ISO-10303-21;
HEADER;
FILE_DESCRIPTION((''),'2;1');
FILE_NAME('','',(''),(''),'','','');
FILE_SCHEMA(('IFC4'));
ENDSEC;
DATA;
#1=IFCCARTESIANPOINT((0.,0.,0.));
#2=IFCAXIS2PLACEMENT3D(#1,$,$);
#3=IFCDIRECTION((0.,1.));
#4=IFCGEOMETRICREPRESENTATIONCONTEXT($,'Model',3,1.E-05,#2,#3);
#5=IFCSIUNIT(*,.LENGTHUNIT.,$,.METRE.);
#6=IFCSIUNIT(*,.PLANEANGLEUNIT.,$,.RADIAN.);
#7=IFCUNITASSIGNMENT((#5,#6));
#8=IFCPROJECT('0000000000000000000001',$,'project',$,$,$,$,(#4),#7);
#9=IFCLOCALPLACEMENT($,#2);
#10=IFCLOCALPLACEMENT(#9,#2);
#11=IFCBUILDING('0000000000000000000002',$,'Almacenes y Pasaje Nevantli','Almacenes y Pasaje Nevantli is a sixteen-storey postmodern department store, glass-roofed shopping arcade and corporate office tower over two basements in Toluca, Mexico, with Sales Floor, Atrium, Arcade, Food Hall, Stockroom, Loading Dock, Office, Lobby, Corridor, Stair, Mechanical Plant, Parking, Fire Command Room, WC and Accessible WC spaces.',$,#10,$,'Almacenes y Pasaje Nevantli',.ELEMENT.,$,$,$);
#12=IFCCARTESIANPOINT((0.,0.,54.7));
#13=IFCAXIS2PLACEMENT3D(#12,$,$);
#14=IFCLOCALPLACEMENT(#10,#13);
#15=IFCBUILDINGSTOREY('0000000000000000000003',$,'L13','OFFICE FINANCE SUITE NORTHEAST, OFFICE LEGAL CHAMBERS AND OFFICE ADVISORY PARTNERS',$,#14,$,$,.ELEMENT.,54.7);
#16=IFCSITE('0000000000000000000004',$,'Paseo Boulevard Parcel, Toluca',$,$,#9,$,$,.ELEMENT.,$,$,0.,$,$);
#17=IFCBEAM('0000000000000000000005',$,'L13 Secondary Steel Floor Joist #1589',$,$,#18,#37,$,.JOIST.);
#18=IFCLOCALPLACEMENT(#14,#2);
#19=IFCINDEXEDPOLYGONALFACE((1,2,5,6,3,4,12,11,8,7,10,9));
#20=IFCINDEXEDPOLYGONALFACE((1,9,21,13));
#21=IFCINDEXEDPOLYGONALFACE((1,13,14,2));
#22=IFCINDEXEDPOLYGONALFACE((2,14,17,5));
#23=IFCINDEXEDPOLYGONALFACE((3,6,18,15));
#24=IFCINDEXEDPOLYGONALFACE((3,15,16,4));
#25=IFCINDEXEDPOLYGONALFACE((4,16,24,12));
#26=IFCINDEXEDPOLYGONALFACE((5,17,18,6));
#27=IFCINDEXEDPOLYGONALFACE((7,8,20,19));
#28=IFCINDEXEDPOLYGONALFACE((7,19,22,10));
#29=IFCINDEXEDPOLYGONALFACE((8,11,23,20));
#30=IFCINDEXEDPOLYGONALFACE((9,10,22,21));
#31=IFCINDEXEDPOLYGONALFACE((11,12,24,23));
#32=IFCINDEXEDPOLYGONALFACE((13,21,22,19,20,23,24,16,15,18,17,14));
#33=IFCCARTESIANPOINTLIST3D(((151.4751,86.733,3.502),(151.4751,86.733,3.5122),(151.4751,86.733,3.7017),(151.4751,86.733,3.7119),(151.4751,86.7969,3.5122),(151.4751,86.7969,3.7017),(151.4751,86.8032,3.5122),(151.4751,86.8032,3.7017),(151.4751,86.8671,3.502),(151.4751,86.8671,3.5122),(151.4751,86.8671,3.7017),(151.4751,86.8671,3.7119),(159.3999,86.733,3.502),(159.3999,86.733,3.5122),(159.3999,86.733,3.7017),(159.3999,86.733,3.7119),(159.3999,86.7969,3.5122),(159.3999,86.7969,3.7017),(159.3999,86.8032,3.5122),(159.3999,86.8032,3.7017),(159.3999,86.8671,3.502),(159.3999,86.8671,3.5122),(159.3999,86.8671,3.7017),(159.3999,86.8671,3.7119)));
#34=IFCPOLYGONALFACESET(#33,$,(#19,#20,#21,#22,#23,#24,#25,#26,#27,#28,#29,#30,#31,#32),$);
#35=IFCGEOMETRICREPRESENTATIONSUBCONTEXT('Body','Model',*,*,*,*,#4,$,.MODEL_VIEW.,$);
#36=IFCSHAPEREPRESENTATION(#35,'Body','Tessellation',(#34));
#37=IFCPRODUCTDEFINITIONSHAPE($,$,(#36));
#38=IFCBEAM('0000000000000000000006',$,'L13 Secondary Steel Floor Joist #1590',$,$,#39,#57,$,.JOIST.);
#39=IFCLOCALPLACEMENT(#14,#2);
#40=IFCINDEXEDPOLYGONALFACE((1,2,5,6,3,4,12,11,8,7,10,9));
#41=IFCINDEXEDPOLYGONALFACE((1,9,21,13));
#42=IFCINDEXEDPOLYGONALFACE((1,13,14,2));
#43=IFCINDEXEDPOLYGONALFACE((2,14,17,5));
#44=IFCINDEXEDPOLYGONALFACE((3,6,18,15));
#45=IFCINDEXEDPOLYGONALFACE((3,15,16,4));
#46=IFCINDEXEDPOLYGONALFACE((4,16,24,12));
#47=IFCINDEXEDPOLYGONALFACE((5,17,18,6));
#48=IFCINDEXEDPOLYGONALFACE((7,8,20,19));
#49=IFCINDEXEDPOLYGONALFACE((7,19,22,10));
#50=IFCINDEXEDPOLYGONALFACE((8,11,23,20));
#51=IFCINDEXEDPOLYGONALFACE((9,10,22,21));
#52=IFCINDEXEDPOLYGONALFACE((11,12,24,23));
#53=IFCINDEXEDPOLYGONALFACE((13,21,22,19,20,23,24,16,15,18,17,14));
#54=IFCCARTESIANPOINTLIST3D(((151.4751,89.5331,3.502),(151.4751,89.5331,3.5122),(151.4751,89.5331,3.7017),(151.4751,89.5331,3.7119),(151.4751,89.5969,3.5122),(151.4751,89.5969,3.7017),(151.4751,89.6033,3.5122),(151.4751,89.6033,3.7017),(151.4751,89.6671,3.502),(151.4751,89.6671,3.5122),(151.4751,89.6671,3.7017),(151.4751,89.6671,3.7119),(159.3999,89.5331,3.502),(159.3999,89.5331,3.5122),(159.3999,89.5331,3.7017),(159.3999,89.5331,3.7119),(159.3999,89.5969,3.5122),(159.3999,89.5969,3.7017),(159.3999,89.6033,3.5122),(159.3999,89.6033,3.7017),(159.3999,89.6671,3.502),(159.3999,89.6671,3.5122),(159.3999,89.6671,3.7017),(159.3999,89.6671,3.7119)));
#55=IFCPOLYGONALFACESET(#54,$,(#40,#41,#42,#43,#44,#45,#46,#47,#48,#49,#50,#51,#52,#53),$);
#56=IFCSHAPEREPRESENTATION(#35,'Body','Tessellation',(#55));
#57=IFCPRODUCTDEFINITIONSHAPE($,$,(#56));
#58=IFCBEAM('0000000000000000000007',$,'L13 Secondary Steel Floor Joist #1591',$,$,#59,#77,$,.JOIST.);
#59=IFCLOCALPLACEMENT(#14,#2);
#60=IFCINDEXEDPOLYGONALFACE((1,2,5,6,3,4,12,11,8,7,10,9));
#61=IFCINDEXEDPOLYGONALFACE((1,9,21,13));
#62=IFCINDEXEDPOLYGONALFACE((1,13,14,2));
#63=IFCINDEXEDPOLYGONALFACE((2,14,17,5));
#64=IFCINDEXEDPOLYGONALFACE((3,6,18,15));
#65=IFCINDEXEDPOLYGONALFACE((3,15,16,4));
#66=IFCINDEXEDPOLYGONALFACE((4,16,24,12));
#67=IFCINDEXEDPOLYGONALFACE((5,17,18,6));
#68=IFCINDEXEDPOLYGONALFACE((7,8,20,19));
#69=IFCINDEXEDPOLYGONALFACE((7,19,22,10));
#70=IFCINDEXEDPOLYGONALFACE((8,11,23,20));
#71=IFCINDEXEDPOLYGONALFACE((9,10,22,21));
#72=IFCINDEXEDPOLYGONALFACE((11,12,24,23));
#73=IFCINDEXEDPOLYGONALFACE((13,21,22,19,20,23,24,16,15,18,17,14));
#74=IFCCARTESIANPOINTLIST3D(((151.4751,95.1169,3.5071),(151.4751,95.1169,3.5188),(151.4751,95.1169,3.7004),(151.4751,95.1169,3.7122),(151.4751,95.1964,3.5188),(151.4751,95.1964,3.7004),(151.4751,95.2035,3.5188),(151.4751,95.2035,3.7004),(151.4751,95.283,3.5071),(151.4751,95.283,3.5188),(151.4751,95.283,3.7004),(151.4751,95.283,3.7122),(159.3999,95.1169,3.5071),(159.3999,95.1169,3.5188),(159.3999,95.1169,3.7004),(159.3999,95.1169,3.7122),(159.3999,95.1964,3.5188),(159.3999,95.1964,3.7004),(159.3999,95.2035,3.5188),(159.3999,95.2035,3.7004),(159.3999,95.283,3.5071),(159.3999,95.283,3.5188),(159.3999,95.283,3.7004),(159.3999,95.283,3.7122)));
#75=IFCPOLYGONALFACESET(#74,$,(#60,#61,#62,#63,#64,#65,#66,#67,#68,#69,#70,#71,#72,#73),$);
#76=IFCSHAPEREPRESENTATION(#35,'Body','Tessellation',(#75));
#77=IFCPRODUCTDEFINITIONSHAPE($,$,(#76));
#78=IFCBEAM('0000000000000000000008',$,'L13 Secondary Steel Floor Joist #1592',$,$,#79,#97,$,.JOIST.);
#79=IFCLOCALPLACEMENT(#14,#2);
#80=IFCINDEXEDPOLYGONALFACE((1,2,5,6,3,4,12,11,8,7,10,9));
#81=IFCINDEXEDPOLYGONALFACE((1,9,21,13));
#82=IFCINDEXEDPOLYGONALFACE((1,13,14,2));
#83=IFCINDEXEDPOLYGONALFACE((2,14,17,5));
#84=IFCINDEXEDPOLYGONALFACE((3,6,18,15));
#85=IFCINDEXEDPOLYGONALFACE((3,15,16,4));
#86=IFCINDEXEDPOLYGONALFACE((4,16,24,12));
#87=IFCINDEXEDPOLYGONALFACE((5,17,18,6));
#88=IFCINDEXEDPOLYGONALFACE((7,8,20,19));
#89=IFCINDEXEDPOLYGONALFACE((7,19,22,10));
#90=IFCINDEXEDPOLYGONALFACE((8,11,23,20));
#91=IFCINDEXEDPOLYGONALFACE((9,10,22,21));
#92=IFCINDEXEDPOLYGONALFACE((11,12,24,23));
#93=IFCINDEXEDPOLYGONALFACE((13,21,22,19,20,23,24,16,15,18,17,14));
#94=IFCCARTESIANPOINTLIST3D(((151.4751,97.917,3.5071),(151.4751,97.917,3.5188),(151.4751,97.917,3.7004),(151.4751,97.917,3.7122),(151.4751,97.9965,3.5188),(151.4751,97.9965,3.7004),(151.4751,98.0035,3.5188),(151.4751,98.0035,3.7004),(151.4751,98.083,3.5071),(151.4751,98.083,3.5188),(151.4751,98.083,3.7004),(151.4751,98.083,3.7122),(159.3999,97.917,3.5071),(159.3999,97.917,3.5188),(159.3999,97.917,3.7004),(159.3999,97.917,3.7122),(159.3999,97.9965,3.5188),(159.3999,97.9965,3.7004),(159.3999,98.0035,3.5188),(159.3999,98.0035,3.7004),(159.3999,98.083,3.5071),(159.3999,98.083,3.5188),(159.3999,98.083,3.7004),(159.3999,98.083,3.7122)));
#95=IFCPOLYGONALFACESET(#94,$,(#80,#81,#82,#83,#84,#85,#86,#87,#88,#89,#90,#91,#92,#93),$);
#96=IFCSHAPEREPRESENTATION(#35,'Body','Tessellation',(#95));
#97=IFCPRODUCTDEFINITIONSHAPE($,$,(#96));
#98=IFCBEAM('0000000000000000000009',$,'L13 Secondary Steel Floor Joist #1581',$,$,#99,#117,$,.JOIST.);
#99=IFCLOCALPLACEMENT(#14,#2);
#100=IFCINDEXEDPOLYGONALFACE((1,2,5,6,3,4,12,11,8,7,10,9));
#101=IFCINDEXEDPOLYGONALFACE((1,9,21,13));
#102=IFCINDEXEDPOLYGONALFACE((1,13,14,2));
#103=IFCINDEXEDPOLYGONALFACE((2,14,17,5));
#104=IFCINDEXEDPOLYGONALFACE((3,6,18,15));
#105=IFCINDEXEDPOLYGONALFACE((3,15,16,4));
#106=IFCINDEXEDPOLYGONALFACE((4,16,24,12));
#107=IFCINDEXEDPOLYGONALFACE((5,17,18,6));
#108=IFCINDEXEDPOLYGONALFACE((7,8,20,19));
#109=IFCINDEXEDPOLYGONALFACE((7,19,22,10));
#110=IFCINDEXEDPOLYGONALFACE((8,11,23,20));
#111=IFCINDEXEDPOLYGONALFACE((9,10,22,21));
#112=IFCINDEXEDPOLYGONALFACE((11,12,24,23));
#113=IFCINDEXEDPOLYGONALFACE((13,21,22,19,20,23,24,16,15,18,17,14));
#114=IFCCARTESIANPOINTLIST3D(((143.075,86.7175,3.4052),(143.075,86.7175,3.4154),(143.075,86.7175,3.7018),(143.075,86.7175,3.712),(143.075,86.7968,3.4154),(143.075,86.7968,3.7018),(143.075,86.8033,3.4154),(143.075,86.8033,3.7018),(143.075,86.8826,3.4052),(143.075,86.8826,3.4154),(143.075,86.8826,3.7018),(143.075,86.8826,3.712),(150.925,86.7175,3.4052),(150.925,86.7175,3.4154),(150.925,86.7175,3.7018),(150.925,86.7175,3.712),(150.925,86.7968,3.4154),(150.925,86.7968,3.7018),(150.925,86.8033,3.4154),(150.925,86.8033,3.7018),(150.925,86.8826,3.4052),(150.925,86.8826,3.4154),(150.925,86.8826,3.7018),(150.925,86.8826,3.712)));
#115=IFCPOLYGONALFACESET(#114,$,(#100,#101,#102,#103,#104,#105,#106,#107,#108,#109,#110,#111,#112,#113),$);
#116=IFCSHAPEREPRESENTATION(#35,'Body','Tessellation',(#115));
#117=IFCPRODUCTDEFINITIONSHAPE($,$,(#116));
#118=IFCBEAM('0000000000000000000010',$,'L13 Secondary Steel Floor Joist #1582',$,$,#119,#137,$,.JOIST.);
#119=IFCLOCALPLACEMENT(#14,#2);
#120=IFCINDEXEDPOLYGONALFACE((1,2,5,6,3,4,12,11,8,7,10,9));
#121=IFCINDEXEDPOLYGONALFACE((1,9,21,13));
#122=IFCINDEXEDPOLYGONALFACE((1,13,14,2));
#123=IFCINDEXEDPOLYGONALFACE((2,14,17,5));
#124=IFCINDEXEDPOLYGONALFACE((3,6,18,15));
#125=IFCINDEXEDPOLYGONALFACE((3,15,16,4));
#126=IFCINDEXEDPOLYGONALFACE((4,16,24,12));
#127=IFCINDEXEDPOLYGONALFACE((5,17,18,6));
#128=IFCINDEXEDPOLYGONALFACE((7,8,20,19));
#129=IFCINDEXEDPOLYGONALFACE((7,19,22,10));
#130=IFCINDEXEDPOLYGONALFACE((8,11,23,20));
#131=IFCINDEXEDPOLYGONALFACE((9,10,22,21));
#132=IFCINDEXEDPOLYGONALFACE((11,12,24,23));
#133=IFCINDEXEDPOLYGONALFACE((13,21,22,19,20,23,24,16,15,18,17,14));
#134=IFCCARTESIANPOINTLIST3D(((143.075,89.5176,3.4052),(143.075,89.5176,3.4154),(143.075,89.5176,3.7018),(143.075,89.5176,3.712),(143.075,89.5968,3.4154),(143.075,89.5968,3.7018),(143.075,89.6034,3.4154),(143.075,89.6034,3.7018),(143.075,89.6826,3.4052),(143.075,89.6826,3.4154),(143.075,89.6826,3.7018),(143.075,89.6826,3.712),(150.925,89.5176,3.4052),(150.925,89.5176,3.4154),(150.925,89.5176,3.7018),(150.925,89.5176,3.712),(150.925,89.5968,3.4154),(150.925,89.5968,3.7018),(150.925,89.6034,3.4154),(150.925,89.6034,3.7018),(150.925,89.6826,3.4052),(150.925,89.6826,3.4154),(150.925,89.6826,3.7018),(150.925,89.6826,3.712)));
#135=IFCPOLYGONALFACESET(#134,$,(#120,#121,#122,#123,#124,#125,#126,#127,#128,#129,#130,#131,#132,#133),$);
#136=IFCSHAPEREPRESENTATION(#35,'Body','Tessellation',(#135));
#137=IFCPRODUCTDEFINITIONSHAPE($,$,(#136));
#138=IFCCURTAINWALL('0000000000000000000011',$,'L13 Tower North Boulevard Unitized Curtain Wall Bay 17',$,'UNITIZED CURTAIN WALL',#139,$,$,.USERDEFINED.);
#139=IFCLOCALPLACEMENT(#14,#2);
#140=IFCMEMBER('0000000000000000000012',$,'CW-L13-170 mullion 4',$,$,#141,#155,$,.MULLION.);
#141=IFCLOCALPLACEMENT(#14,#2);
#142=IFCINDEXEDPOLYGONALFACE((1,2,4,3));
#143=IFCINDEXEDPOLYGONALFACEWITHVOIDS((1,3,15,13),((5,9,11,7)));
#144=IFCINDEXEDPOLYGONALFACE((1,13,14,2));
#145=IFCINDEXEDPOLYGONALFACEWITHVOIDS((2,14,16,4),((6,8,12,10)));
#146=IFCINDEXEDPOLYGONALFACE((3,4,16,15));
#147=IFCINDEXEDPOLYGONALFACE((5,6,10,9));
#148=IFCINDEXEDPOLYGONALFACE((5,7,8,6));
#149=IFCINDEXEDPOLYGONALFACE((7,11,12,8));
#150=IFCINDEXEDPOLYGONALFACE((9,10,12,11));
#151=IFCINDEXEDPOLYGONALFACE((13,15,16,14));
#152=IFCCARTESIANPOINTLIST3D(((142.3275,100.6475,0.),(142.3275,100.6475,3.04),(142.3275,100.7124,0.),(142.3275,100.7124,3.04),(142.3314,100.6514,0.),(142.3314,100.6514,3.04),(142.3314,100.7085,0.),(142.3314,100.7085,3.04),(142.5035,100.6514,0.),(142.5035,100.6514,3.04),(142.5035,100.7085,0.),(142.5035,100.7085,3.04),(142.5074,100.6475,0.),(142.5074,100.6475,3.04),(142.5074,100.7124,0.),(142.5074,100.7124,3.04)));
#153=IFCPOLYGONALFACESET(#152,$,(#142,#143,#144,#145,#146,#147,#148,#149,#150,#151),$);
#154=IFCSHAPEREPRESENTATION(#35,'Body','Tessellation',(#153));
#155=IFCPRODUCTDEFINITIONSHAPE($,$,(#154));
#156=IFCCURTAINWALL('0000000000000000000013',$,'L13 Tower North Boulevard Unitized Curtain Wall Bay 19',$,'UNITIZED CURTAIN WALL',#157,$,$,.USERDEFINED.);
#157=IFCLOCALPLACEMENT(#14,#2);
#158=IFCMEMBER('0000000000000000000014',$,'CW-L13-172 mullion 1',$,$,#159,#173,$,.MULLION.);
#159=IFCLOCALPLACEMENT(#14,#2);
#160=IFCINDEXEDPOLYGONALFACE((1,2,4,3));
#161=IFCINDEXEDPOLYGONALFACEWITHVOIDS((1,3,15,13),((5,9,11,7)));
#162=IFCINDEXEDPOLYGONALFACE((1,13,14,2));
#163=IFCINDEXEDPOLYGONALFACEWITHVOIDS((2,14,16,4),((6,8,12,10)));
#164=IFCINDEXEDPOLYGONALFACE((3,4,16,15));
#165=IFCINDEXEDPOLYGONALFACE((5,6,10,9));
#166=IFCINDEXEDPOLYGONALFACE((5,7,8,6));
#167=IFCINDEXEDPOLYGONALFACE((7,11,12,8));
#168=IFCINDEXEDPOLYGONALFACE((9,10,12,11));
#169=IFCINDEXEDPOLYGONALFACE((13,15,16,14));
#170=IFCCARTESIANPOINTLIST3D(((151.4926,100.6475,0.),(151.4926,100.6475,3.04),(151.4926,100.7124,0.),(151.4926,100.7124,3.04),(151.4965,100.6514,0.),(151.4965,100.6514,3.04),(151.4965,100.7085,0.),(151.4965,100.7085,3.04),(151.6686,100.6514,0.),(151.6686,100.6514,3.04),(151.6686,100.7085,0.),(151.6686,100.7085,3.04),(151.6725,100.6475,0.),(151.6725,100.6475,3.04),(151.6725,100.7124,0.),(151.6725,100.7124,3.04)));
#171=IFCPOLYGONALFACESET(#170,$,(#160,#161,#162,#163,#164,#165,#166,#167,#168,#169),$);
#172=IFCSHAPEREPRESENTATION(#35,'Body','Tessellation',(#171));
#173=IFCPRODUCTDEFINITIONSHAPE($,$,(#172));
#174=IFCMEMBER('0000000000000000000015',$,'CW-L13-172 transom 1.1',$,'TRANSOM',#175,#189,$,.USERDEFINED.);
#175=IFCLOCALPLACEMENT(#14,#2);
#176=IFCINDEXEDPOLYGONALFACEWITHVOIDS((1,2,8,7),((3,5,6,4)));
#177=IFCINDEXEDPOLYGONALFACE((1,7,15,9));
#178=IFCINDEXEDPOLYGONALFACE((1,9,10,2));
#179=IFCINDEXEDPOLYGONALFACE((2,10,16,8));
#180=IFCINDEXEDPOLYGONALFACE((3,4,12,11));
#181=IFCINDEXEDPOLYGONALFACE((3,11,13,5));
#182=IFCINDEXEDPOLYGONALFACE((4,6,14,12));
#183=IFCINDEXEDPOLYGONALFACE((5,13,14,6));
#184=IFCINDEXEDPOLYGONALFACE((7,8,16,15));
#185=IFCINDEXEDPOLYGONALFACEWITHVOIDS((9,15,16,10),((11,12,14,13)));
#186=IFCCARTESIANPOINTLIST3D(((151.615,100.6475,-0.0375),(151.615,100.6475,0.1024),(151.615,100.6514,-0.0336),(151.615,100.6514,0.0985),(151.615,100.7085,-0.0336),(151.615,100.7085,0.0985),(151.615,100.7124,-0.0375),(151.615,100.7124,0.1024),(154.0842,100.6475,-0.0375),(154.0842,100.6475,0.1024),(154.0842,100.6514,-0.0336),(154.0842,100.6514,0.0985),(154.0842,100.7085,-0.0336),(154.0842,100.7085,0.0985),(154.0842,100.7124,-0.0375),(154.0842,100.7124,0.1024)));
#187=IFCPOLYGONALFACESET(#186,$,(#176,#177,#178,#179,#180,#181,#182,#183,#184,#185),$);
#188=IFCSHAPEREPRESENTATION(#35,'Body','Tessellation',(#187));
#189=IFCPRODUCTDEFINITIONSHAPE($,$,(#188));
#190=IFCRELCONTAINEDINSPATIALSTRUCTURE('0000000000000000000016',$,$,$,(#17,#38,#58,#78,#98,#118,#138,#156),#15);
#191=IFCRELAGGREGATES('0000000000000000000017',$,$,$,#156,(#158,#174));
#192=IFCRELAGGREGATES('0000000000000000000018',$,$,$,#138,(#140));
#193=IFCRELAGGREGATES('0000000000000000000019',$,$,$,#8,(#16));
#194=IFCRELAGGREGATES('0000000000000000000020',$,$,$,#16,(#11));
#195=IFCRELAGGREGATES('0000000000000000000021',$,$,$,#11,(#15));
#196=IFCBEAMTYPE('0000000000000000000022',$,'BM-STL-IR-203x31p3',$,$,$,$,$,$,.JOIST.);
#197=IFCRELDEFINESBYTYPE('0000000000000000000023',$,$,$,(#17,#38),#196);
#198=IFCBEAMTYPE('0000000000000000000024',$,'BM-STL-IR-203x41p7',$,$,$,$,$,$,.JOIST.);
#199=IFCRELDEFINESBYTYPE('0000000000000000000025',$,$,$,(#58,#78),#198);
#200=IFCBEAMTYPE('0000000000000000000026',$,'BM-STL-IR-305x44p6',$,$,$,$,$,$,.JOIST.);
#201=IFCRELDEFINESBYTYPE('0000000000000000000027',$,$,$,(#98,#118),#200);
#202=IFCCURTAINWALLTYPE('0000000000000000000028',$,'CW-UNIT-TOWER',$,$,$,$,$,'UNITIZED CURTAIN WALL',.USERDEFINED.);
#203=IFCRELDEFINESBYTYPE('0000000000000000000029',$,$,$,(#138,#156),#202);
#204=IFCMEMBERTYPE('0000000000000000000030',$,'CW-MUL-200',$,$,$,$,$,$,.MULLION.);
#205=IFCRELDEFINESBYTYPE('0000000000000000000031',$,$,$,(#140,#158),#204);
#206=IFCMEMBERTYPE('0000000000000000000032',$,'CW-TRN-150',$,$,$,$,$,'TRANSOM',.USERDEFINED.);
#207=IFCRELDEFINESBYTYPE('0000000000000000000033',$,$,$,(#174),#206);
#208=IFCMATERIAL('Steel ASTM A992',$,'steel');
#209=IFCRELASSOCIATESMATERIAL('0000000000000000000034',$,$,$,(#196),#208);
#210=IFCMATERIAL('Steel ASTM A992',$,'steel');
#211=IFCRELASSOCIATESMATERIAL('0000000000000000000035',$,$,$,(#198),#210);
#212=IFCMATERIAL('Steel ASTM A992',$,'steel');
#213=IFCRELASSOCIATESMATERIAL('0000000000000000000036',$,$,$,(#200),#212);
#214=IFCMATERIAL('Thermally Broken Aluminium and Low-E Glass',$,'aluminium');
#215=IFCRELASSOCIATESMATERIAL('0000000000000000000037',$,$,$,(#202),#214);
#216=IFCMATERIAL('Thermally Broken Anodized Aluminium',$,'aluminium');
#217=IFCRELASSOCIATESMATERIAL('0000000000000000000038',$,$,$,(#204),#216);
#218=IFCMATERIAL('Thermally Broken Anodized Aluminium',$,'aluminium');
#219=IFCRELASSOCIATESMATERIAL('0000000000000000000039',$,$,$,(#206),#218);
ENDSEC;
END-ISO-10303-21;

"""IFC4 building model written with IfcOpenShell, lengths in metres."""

from ifc_helpers import new_model, si_unit, direction, frame, origin, origin_2d, place, context, subcontext, project, spatial, hollow_rectangle, i_section, extrude, material, material_profile, profile_set, type_object, element, aggregate, save


model = new_model("IFC4")

# Units and contexts
model_context = context("Model", 3, precision=1e-05, world=origin(), true_north=direction((0.0, 1.0)))
body_context = subcontext(model_context, "Body", "Model", "MODEL_VIEW")
ifc_project = project(units=[si_unit("LENGTHUNIT", "METRE"), si_unit("PLANEANGLEUNIT", "RADIAN")], contexts=[model_context])

# Site, building, storey
site_placement = place(None, origin())
site = spatial("IfcSite", under=ifc_project, at=site_placement, Name="Paseo Boulevard Parcel, Toluca", CompositionType="ELEMENT", RefElevation=0.0)
building_placement = place(site_placement, origin())
building = spatial("IfcBuilding", under=site, at=building_placement, Name="Almacenes y Pasaje Nevantli", Description="Almacenes y Pasaje Nevantli is a sixteen-storey postmodern department store, glass-roofed shopping arcade and corporate office tower over two basements in Toluca, Mexico, with Sales Floor, Atrium, Arcade, Food Hall, Stockroom, Loading Dock, Office, Lobby, Corridor, Stair, Mechanical Plant, Parking, Fire Command Room, WC and Accessible WC spaces.", LongName="Almacenes y Pasaje Nevantli", CompositionType="ELEMENT")
storey_placement = place(building_placement, frame((0.0, 0.0, 54.7)))
storey = spatial("IfcBuildingStorey", under=building, at=storey_placement, Name="L13", Description="OFFICE FINANCE SUITE NORTHEAST, OFFICE LEGAL CHAMBERS AND OFFICE ADVISORY PARTNERS", CompositionType="ELEMENT", Elevation=54.7)

# Beams
ifc_material_1 = material(Name="Steel ASTM A992", Category="steel")
ifc_material_profile_1 = material_profile(ifc_material_1, i_section(OverallWidth=0.134, OverallDepth=0.21, WebThickness=0.0063, FlangeThickness=0.0103, at=origin_2d()), Name="IR 203x31.3")
ifc_profile_set_1 = profile_set([ifc_material_profile_1], Name="Steel ASTM A992")
beam_type_1 = type_object("IfcBeamType", Name="BM-STL-IR-203x31p3", PredefinedType="JOIST", material=ifc_profile_set_1)
for number, where, z_axis, x_axis, name in (
    (1, (151.4751, 86.8, 3.6069), (1.0, 0.0, 0.0), (0.0, 1.0, 0.0), "L13 Secondary Steel Floor Joist #1589"),
    (2, (151.4751, 89.6001, 3.6069), (1.0, 0.0, 0.0), (0.0, 1.0, 0.0), "L13 Secondary Steel Floor Joist #1590"),
):
    element("IfcBeam", number, at=place(storey_placement, frame(where, z_axis=z_axis, x_axis=x_axis)), inside=storey, type_object=beam_type_1, Name=name, PredefinedType="JOIST", context=body_context, shape_type="SweptSolid", body=[
        extrude(i_section(OverallWidth=0.134, OverallDepth=0.21, WebThickness=0.0063, FlangeThickness=0.0103, at=origin_2d()), origin(), (0.0, 0.0, 1.0), 7.9248),
    ])
ifc_material_2 = material(Name="Steel ASTM A992", Category="steel")
ifc_material_profile_2 = material_profile(ifc_material_2, i_section(OverallWidth=0.166, OverallDepth=0.2051, WebThickness=0.0071, FlangeThickness=0.0117, at=origin_2d()), Name="IR 203x41.7")
ifc_profile_set_2 = profile_set([ifc_material_profile_2], Name="Steel ASTM A992")
beam_type_2 = type_object("IfcBeamType", Name="BM-STL-IR-203x41p7", PredefinedType="JOIST", material=ifc_profile_set_2)
for number, where, z_axis, x_axis, name in (
    (3, (151.4751, 95.2, 3.6096), (1.0, 0.0, 0.0), (0.0, 1.0, 0.0), "L13 Secondary Steel Floor Joist #1591"),
    (4, (151.4751, 98.0, 3.6096), (1.0, 0.0, 0.0), (0.0, 1.0, 0.0), "L13 Secondary Steel Floor Joist #1592"),
):
    element("IfcBeam", number, at=place(storey_placement, frame(where, z_axis=z_axis, x_axis=x_axis)), inside=storey, type_object=beam_type_2, Name=name, PredefinedType="JOIST", context=body_context, shape_type="SweptSolid", body=[
        extrude(i_section(OverallWidth=0.166, OverallDepth=0.2051, WebThickness=0.0071, FlangeThickness=0.0117, at=origin_2d()), origin(), (0.0, 0.0, 1.0), 7.9248),
    ])
ifc_material_3 = material(Name="Steel ASTM A992", Category="steel")
ifc_material_profile_3 = material_profile(ifc_material_3, i_section(OverallWidth=0.165, OverallDepth=0.3069, WebThickness=0.0066, FlangeThickness=0.0103, at=origin_2d()), Name="IR 305x44.6")
ifc_profile_set_3 = profile_set([ifc_material_profile_3], Name="Steel ASTM A992")
beam_type_3 = type_object("IfcBeamType", Name="BM-STL-IR-305x44p6", PredefinedType="JOIST", material=ifc_profile_set_3)
for number, where, z_axis, x_axis, name in (
    (5, (143.075, 86.8, 3.5586), (1.0, 0.0, 0.0), (0.0, 1.0, 0.0), "L13 Secondary Steel Floor Joist #1581"),
    (6, (143.075, 89.6001, 3.5586), (1.0, 0.0, 0.0), (0.0, 1.0, 0.0), "L13 Secondary Steel Floor Joist #1582"),
):
    element("IfcBeam", number, at=place(storey_placement, frame(where, z_axis=z_axis, x_axis=x_axis)), inside=storey, type_object=beam_type_3, Name=name, PredefinedType="JOIST", context=body_context, shape_type="SweptSolid", body=[
        extrude(i_section(OverallWidth=0.165, OverallDepth=0.3069, WebThickness=0.0066, FlangeThickness=0.0103, at=origin_2d()), origin(), (0.0, 0.0, 1.0), 7.8501),
    ])

# Curtain wall, member
ifc_material_4 = material(Name="Thermally Broken Aluminium and Low-E Glass", Category="aluminium")
curtain_wall_type = type_object("IfcCurtainWallType", Name="CW-UNIT-TOWER", ElementType="UNITIZED CURTAIN WALL", PredefinedType="USERDEFINED", material=ifc_material_4)
curtain_wall_1_placement = place(storey_placement, origin())
curtain_wall_1 = element("IfcCurtainWall", 7, at=curtain_wall_1_placement, inside=storey, type_object=curtain_wall_type, Name="L13 Tower North Boulevard Unitized Curtain Wall Bay 17", ObjectType="UNITIZED CURTAIN WALL", PredefinedType="USERDEFINED")
ifc_material_5 = material(Name="Thermally Broken Anodized Aluminium", Category="aluminium")
ifc_material_profile_4 = material_profile(ifc_material_5, hollow_rectangle(XDim=0.0649, YDim=0.1799, WallThickness=0.0039, at=origin_2d()), Name="ALU-MUL-65x180")
ifc_profile_set_4 = profile_set([ifc_material_profile_4], Name="Thermally Broken Anodized Aluminium")
member_type_1 = type_object("IfcMemberType", Name="CW-MUL-200", PredefinedType="MULLION", material=ifc_profile_set_4)
member_1_placement = place(storey_placement, frame((142.4175, 100.6799, 0.0), z_axis=(0.0, 0.0, 1.0), x_axis=(0.0, 1.0, 0.0)))
member_1 = element("IfcMember", 8, at=member_1_placement, type_object=member_type_1, Name="CW-L13-170 mullion 4", PredefinedType="MULLION", context=body_context, shape_type="SweptSolid", body=[
    extrude(hollow_rectangle(XDim=0.0649, YDim=0.1799, WallThickness=0.0039, at=origin_2d()), origin(), (0.0, 0.0, 1.0), 3.04),
])

# Curtain wall, members
curtain_wall_2_placement = place(storey_placement, origin())
curtain_wall_2 = element("IfcCurtainWall", 9, at=curtain_wall_2_placement, inside=storey, type_object=curtain_wall_type, Name="L13 Tower North Boulevard Unitized Curtain Wall Bay 19", ObjectType="UNITIZED CURTAIN WALL", PredefinedType="USERDEFINED")
member_2_placement = place(storey_placement, frame((151.5825, 100.6799, 0.0), z_axis=(0.0, 0.0, 1.0), x_axis=(0.0, 1.0, 0.0)))
member_2 = element("IfcMember", 10, at=member_2_placement, type_object=member_type_1, Name="CW-L13-172 mullion 1", PredefinedType="MULLION", context=body_context, shape_type="SweptSolid", body=[
    extrude(hollow_rectangle(XDim=0.0649, YDim=0.1799, WallThickness=0.0039, at=origin_2d()), origin(), (0.0, 0.0, 1.0), 3.04),
])
ifc_material_6 = material(Name="Thermally Broken Anodized Aluminium", Category="aluminium")
ifc_material_profile_5 = material_profile(ifc_material_6, hollow_rectangle(XDim=0.0649, YDim=0.1399, WallThickness=0.0039, at=origin_2d()), Name="ALU-TRN-65x140")
ifc_profile_set_5 = profile_set([ifc_material_profile_5], Name="Thermally Broken Anodized Aluminium")
member_type_2 = type_object("IfcMemberType", Name="CW-TRN-150", ElementType="TRANSOM", PredefinedType="USERDEFINED", material=ifc_profile_set_5)
member_3_placement = place(storey_placement, frame((151.615, 100.6799, 0.0325), z_axis=(1.0, 0.0, 0.0), x_axis=(0.0, 1.0, 0.0)))
member_3 = element("IfcMember", 11, at=member_3_placement, type_object=member_type_2, Name="CW-L13-172 transom 1.1", ObjectType="TRANSOM", PredefinedType="USERDEFINED", context=body_context, shape_type="SweptSolid", body=[
    extrude(hollow_rectangle(XDim=0.0649, YDim=0.1399, WallThickness=0.0039, at=origin_2d()), origin(), (0.0, 0.0, 1.0), 2.4692),
])
aggregate(curtain_wall_2, [member_2, member_3])

aggregate(curtain_wall_1, [member_1])

save(model, "model.ifc")
